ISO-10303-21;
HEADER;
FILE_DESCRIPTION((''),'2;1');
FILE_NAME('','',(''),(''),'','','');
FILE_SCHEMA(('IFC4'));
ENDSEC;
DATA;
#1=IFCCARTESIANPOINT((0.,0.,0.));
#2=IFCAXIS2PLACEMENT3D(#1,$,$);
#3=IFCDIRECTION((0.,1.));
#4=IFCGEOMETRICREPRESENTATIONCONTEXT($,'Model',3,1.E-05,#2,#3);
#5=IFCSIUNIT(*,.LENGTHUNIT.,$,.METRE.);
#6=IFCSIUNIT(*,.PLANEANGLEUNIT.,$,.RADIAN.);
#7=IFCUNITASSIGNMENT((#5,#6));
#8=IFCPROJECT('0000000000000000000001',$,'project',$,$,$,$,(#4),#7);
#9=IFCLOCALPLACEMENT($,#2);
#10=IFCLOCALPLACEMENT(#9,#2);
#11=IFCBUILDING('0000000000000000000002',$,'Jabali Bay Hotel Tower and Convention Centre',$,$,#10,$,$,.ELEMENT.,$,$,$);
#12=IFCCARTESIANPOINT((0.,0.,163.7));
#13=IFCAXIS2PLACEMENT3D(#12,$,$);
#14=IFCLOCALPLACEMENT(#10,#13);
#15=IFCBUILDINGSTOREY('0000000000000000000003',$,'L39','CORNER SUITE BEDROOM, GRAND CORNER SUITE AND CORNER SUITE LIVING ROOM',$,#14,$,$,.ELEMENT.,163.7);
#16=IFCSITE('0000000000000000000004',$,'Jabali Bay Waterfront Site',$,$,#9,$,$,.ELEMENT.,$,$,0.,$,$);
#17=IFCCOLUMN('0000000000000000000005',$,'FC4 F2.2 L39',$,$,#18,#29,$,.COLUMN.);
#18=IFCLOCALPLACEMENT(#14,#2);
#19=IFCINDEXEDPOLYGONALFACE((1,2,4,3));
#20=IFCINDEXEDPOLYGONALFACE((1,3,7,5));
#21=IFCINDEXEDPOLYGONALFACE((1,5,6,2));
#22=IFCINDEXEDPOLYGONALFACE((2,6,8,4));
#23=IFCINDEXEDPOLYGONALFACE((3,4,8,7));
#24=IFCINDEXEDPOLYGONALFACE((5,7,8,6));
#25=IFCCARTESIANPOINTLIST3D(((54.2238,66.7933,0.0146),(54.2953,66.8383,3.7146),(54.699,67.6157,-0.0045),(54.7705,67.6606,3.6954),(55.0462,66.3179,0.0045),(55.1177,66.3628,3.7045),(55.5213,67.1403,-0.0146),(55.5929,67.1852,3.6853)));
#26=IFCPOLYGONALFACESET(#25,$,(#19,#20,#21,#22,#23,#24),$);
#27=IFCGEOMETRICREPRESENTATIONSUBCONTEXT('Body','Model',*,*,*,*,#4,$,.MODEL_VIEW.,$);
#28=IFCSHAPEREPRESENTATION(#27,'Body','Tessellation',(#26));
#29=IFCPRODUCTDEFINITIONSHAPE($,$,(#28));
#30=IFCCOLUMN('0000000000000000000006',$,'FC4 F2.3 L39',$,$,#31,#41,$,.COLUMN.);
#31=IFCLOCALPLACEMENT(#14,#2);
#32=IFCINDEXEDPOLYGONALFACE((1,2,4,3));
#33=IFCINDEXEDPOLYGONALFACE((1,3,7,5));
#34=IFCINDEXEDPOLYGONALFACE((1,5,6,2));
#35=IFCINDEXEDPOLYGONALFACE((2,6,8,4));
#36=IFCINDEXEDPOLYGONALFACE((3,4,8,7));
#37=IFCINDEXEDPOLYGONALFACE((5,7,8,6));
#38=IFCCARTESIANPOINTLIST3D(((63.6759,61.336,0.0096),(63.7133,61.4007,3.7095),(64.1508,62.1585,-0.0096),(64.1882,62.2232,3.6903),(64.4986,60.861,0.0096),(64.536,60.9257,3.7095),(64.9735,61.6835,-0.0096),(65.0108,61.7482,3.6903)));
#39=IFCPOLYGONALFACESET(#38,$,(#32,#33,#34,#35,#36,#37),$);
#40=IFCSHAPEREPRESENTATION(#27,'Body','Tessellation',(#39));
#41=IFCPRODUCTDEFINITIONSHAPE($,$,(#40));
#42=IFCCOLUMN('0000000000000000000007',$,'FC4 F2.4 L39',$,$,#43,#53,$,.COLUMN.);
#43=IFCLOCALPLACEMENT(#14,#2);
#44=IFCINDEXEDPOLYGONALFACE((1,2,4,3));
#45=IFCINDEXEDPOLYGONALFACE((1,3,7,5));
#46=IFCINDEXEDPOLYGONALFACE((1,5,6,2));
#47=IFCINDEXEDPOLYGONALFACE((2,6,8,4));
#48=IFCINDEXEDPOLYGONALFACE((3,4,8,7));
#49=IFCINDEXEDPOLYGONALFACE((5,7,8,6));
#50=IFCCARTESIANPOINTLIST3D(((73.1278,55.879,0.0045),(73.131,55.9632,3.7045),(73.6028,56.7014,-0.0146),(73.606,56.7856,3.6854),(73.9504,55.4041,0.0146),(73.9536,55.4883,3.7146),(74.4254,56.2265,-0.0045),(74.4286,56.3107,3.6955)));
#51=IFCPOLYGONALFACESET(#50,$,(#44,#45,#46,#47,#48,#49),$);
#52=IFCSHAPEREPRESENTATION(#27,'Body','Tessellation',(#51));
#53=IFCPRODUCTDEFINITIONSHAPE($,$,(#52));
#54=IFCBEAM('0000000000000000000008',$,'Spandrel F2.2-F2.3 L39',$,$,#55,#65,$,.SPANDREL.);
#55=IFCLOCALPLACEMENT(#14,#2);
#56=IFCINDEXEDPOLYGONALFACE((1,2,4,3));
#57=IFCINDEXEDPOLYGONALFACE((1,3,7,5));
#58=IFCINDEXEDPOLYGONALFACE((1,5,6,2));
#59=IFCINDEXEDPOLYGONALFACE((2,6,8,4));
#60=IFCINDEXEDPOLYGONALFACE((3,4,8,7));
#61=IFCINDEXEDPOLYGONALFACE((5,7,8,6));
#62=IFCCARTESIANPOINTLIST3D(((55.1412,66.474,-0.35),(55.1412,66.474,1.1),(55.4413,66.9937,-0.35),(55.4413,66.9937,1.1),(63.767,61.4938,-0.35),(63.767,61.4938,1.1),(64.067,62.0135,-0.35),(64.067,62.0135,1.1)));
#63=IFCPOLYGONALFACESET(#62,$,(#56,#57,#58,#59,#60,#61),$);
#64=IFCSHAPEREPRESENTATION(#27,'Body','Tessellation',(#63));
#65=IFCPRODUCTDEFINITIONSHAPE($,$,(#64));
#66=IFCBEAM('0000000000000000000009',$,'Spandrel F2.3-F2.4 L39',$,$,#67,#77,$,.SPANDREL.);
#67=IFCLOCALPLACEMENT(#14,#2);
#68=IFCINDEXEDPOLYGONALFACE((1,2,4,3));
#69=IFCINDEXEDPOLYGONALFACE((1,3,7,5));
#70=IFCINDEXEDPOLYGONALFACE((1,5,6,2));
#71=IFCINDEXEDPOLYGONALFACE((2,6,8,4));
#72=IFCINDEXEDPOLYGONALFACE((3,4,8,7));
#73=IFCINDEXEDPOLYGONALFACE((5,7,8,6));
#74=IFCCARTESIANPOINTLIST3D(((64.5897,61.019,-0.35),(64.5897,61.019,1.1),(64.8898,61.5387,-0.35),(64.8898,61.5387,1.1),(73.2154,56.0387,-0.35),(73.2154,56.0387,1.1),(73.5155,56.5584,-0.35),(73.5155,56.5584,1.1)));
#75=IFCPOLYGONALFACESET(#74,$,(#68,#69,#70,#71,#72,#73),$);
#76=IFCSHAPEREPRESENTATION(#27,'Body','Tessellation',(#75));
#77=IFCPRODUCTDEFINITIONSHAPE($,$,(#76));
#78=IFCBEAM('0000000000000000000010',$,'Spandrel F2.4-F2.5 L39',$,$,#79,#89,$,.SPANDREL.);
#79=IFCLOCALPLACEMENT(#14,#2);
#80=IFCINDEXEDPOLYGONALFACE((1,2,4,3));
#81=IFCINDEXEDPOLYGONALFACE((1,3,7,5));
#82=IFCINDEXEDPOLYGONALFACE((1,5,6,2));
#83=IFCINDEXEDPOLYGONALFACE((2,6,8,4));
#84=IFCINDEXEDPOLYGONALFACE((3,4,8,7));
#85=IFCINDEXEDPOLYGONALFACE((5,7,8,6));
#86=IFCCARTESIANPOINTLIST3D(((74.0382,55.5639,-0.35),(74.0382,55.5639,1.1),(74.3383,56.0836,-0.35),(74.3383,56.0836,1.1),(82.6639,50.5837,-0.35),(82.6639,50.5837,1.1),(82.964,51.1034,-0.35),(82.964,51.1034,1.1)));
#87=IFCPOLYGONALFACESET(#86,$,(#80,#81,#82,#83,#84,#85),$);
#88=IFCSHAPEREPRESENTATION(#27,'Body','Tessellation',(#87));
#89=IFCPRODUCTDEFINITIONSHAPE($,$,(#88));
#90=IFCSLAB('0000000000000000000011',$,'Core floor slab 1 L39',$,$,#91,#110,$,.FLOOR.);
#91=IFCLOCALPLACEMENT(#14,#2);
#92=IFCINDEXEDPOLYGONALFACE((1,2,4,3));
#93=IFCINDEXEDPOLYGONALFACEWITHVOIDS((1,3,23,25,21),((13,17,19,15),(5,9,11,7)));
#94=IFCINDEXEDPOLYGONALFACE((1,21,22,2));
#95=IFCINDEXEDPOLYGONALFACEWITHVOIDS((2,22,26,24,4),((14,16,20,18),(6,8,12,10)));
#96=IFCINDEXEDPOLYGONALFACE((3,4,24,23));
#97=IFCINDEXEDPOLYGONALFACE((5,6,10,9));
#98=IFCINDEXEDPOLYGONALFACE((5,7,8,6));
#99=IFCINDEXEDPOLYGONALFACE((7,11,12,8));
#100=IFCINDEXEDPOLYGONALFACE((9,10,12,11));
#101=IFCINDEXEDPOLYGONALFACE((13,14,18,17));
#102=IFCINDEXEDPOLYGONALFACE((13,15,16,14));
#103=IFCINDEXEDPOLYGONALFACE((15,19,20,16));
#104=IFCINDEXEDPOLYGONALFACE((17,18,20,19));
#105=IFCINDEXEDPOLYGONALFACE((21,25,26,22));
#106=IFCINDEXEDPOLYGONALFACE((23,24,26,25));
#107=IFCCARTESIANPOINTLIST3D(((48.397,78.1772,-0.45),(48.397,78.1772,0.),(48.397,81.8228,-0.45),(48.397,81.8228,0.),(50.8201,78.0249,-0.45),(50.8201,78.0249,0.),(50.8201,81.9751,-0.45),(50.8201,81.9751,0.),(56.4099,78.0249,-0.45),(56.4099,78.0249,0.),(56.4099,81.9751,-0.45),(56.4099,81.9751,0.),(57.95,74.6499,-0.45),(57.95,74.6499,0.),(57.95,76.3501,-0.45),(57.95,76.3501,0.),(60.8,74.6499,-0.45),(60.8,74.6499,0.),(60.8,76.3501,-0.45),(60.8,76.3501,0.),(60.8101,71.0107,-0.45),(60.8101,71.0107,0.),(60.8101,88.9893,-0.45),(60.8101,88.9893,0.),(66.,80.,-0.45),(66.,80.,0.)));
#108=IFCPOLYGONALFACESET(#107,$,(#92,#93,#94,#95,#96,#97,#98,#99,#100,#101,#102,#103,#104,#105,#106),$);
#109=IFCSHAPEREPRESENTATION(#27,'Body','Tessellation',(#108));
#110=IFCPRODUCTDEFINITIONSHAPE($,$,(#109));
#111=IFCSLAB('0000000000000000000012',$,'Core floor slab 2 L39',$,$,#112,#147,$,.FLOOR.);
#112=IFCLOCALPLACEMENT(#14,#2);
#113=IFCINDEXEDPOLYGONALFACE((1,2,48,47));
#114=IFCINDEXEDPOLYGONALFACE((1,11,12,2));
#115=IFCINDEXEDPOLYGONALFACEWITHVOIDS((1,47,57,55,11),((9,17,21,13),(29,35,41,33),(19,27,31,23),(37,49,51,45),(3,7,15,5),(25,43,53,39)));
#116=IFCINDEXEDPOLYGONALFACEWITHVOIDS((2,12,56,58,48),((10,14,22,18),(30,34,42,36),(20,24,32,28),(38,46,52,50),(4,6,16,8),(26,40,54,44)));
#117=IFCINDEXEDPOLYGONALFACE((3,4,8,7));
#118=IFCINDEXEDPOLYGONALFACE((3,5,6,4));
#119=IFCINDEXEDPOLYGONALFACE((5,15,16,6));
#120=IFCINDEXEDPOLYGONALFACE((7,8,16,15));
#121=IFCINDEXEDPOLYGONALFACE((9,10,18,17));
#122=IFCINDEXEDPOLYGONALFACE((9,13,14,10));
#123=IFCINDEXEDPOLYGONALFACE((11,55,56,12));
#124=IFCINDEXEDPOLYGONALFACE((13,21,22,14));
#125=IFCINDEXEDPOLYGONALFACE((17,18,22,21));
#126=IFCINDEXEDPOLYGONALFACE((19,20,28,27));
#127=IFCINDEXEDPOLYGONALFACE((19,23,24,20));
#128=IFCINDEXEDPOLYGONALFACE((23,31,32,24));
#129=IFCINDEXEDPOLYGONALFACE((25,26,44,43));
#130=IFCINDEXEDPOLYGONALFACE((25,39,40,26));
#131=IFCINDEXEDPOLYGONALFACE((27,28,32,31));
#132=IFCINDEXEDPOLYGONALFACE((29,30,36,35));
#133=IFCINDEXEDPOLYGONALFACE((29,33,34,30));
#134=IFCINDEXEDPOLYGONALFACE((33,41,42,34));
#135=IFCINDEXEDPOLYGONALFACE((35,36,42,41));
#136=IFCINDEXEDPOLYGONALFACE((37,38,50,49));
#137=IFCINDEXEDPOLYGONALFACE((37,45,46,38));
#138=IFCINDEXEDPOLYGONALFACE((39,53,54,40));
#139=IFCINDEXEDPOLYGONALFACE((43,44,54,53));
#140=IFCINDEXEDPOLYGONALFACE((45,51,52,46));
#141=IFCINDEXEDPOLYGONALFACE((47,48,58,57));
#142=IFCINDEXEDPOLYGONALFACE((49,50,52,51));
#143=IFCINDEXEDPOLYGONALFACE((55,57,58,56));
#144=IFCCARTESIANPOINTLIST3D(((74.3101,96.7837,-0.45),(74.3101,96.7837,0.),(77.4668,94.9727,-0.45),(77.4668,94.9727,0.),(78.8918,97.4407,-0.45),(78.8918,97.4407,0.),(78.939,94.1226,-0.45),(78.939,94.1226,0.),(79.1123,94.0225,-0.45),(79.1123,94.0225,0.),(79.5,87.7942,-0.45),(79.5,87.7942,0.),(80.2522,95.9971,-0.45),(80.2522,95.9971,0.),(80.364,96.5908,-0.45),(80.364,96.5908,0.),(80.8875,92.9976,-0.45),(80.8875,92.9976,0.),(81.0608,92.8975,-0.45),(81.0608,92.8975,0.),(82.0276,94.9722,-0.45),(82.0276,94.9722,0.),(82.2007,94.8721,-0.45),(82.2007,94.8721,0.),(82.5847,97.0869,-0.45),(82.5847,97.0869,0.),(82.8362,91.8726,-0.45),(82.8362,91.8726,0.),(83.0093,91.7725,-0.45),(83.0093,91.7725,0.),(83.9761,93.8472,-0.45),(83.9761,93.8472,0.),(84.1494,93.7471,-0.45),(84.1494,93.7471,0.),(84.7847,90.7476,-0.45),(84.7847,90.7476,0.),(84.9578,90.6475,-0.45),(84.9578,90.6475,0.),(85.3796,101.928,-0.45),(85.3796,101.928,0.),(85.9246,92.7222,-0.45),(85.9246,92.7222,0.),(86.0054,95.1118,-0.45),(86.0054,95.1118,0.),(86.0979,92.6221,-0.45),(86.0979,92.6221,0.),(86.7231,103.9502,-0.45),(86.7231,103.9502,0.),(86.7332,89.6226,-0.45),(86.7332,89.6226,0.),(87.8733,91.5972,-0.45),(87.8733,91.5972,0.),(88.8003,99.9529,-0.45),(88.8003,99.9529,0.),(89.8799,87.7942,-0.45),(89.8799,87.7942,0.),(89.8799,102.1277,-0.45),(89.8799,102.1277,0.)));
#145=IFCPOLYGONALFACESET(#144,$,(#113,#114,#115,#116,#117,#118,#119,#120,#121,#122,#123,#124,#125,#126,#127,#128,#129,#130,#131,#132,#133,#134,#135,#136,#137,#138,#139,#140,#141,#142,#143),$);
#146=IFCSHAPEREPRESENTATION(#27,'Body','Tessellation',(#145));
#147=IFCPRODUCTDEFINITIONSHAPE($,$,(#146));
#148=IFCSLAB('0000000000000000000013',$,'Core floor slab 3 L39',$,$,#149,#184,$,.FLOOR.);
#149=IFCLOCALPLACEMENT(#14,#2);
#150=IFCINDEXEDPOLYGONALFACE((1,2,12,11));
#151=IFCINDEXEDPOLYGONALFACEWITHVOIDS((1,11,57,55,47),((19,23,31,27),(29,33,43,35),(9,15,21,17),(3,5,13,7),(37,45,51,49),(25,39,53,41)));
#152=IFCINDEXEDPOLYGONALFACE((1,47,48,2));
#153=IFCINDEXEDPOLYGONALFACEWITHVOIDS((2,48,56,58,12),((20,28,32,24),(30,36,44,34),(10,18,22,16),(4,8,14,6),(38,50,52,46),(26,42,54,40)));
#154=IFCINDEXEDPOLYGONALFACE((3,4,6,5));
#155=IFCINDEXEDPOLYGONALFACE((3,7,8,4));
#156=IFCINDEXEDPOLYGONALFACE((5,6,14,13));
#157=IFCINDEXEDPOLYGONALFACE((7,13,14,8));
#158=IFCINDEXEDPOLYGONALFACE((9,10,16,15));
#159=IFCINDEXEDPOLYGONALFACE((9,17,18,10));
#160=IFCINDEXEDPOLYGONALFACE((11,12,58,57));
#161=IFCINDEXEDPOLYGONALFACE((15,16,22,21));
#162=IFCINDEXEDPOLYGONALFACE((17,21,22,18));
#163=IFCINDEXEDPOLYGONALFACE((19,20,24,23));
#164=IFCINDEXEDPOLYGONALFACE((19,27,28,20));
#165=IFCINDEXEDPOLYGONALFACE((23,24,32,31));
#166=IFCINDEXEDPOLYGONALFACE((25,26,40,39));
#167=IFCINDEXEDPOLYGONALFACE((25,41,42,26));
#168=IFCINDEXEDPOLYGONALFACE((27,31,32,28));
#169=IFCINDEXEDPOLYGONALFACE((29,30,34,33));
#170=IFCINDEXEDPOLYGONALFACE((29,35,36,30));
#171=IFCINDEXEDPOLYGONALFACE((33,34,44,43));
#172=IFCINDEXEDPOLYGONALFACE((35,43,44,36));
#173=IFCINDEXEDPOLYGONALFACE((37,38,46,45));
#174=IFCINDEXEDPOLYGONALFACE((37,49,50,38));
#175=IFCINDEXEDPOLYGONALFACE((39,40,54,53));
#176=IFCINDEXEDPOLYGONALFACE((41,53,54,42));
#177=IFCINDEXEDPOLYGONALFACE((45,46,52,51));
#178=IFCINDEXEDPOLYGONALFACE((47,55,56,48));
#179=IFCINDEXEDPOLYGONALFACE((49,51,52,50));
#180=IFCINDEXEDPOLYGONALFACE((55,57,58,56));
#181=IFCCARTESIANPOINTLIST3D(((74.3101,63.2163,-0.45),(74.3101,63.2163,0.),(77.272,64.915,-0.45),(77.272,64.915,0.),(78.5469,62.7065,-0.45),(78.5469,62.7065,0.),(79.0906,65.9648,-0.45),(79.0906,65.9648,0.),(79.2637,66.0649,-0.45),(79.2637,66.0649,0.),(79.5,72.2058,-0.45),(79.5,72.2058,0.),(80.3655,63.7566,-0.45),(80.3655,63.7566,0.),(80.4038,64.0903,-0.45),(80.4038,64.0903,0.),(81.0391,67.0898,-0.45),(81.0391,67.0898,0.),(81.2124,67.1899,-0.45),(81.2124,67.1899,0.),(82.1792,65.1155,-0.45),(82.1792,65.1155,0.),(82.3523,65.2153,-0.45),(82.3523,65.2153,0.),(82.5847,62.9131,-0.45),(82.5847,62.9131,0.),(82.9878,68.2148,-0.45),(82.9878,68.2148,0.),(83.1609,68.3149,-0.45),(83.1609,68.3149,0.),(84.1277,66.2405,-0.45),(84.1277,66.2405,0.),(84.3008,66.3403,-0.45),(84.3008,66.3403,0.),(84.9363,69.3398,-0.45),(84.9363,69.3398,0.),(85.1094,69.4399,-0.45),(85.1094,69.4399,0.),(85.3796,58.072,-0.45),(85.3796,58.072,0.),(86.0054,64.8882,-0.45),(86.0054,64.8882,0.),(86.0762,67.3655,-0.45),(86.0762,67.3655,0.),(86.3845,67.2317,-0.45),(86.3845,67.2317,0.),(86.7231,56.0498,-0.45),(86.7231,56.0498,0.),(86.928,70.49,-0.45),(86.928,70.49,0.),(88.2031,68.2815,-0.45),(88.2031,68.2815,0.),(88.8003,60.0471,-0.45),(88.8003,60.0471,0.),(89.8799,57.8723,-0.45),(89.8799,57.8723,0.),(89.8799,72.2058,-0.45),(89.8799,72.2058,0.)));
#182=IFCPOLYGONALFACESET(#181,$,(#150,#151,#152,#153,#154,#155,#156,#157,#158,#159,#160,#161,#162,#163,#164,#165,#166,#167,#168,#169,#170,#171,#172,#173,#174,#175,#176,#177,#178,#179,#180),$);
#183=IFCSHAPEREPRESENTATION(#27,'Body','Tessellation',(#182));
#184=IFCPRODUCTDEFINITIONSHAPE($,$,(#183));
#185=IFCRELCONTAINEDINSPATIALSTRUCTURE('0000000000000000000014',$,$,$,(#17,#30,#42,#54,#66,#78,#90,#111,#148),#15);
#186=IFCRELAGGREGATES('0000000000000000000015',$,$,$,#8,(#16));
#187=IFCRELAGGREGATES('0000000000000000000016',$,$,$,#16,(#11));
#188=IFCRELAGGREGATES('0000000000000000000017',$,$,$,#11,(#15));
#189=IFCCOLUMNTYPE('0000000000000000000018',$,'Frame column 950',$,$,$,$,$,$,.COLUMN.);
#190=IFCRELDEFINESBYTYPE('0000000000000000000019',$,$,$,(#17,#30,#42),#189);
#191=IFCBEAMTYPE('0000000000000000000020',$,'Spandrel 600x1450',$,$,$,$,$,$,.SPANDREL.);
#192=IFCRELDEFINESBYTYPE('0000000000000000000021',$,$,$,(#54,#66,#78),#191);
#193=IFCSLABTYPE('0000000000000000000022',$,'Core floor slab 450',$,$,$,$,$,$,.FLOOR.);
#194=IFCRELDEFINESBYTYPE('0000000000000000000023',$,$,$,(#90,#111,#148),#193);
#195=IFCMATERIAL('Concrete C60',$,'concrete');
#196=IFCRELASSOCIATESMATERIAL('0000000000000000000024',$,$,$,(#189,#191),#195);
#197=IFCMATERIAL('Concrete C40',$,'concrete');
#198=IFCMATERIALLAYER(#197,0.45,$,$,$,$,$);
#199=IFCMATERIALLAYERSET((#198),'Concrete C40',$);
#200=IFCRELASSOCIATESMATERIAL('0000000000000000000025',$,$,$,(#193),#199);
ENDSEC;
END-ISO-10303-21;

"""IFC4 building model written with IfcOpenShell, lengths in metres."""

from ifc_helpers import new_model, si_unit, direction, frame, origin, origin_2d, place, context, subcontext, project, spatial, polyline, rectangle, outline, extrude, material, layer, layer_set, material_profile, profile_set, type_object, element, save


model = new_model("IFC4")

# Units and contexts
model_context = context("Model", 3, precision=1e-05, world=origin(), true_north=direction((0.0, 1.0)))
body_context = subcontext(model_context, "Body", "Model", "MODEL_VIEW")
ifc_project = project(units=[si_unit("LENGTHUNIT", "METRE"), si_unit("PLANEANGLEUNIT", "RADIAN")], contexts=[model_context])

# Site, building, storey
site_placement = place(None, origin())
site = spatial("IfcSite", under=ifc_project, at=site_placement, Name="Jabali Bay Waterfront Site", CompositionType="ELEMENT", RefElevation=0.0)
building_placement = place(site_placement, origin())
building = spatial("IfcBuilding", under=site, at=building_placement, Name="Jabali Bay Hotel Tower and Convention Centre", CompositionType="ELEMENT")
storey_placement = place(building_placement, frame((0.0, 0.0, 163.7)))
storey = spatial("IfcBuildingStorey", under=building, at=storey_placement, Name="L39", Description="CORNER SUITE BEDROOM, GRAND CORNER SUITE AND CORNER SUITE LIVING ROOM", CompositionType="ELEMENT", Elevation=163.7)

# Columns
ifc_material_1 = material(Name="Concrete C60", Category="concrete")
ifc_material_profile_1 = material_profile(ifc_material_1, rectangle(XDim=0.95, YDim=0.95, at=origin_2d()), Name="Frame column 950")
ifc_profile_set_1 = profile_set([ifc_material_profile_1], Name="Concrete C60")
column_type = type_object("IfcColumnType", Name="Frame column 950", PredefinedType="COLUMN", material=ifc_profile_set_1)
column_1_placement = place(storey_placement, frame((54.8726, 66.9668, 0.0), z_axis=(0.019329, 0.012138, 0.99974), x_axis=(-0.865691, 0.500465, 0.010661)))
element("IfcColumn", 1, at=column_1_placement, inside=storey, type_object=column_type, Name="FC4 F2.2 L39", PredefinedType="COLUMN", context=body_context, shape_type="SweptSolid", body=[
    extrude(rectangle(XDim=0.95, YDim=0.95, at=origin_2d()), origin(), (0.0, 0.0, 1.0), 3.7009),
])
column_2_placement = place(storey_placement, frame((64.3247, 61.5098, 0.0), z_axis=(0.010094, 0.017482, 0.999796), x_axis=(-0.499907, -0.865844, 0.020187)))
element("IfcColumn", 2, at=column_2_placement, inside=storey, type_object=column_type, Name="FC4 F2.3 L39", PredefinedType="COLUMN", context=body_context, shape_type="SweptSolid", body=[
    extrude(rectangle(XDim=0.95, YDim=0.95, at=origin_2d()), origin(), (0.0, 0.0, 1.0), 3.7007),
])
column_3_placement = place(storey_placement, frame((73.7766, 56.0527, 0.0), z_axis=(0.000858, 0.022759, 0.999741), x_axis=(-0.500033, -0.865772, 0.020138)))
element("IfcColumn", 3, at=column_3_placement, inside=storey, type_object=column_type, Name="FC4 F2.4 L39", PredefinedType="COLUMN", context=body_context, shape_type="SweptSolid", body=[
    extrude(rectangle(XDim=0.95, YDim=0.95, at=origin_2d()), origin(), (0.0, 0.0, 1.0), 3.7009),
])

# Beams
ifc_material_profile_2 = material_profile(ifc_material_1, rectangle(XDim=0.6001, YDim=1.45, at=origin_2d()), Name="Spandrel 600x1450")
ifc_profile_set_2 = profile_set([ifc_material_profile_2], Name="Concrete C60")
beam_type = type_object("IfcBeamType", Name="Spandrel 600x1450", PredefinedType="SPANDREL", material=ifc_profile_set_2)
for number, where, z_axis, x_axis, name in (
    (4, (55.2913, 66.7339, 0.375), (0.866019, -0.500012, 0.0), (0.500012, 0.866019, 0.0), "Spandrel F2.2-F2.3 L39"),
    (5, (64.7397, 61.2788, 0.375), (0.866019, -0.500012, 0.0), (0.500012, 0.866019, 0.0), "Spandrel F2.3-F2.4 L39"),
    (6, (74.1882, 55.8237, 0.375), (0.866019, -0.500012, 0.0), (0.500012, 0.866019, 0.0), "Spandrel F2.4-F2.5 L39"),
):
    element("IfcBeam", number, at=place(storey_placement, frame(where, z_axis=z_axis, x_axis=x_axis)), inside=storey, type_object=beam_type, Name=name, PredefinedType="SPANDREL", context=body_context, shape_type="SweptSolid", body=[
        extrude(rectangle(XDim=0.6001, YDim=1.45, at=origin_2d()), origin(), (0.0, 0.0, 1.0), 9.9602),
    ])

# Slabs
ifc_material_2 = material(Name="Concrete C40", Category="concrete")
ifc_layer_1 = layer(ifc_material_2, 0.45)
ifc_layer_set_1 = layer_set([ifc_layer_1], Name="Concrete C40")
slab_type_1 = type_object("IfcSlabType", Name="Core floor slab 450", PredefinedType="FLOOR", material=ifc_layer_set_1)
slab_1_placement = place(storey_placement, frame((0.0, 0.0, -0.45)))
element("IfcSlab", 7, at=slab_1_placement, inside=storey, type_object=slab_type_1, Name="Core floor slab 1 L39", PredefinedType="FLOOR", context=body_context, shape_type="SweptSolid", body=[
    extrude(outline(polyline([(66.0, 80.0), (60.8101, 88.9893), (48.397, 81.8228), (48.397, 78.1772), (60.8101, 71.0107), (66.0, 80.0)]), holes=[polyline([(60.8, 76.3501), (57.95, 76.3501), (57.95, 74.6499), (60.8, 74.6499), (60.8, 76.3501)]), polyline([(50.8201, 81.9751), (50.8201, 78.0249), (56.4099, 78.0249), (56.4099, 81.9751), (50.8201, 81.9751)])]), origin(), (0.0, 0.0, 1.0), 0.45),
])
slab_2_placement = place(storey_placement, frame((0.0, 0.0, -0.45)))
element("IfcSlab", 8, at=slab_2_placement, inside=storey, type_object=slab_type_1, Name="Core floor slab 2 L39", PredefinedType="FLOOR", context=body_context, shape_type="SweptSolid", body=[
    extrude(outline(polyline([(79.5, 87.7942), (89.8799, 87.7942), (89.8799, 102.1277), (86.7231, 103.9502), (74.3101, 96.7837), (79.5, 87.7942)]), holes=[polyline([(84.9578, 90.6475), (86.7332, 89.6226), (87.8733, 91.5972), (86.0979, 92.6221), (84.9578, 90.6475)]), polyline([(84.1494, 93.7471), (83.0093, 91.7725), (84.7847, 90.7476), (85.9246, 92.7222), (84.1494, 93.7471)]), polyline([(82.2007, 94.8721), (81.0608, 92.8975), (82.8362, 91.8726), (83.9761, 93.8472), (82.2007, 94.8721)]), polyline([(79.1123, 94.0225), (80.8875, 92.9976), (82.0276, 94.9722), (80.2522, 95.9971), (79.1123, 94.0225)]), polyline([(78.8918, 97.4407), (77.4668, 94.9727), (78.939, 94.1226), (80.364, 96.5908), (78.8918, 97.4407)]), polyline([(82.5847, 97.0869), (86.0054, 95.1118), (88.8003, 99.9529), (85.3796, 101.928), (82.5847, 97.0869)])]), origin(), (0.0, 0.0, 1.0), 0.45),
])
slab_3_placement = place(storey_placement, frame((0.0, 0.0, -0.45)))
element("IfcSlab", 9, at=slab_3_placement, inside=storey, type_object=slab_type_1, Name="Core floor slab 3 L39", PredefinedType="FLOOR", context=body_context, shape_type="SweptSolid", body=[
    extrude(outline(polyline([(79.5, 72.2058), (74.3101, 63.2163), (86.7231, 56.0498), (89.8799, 57.8723), (89.8799, 72.2058), (79.5, 72.2058)]), holes=[polyline([(82.5847, 62.9131), (85.3796, 58.072), (88.8003, 60.0471), (86.0054, 64.8882), (82.5847, 62.9131)]), polyline([(80.3655, 63.7566), (79.0906, 65.9648), (77.272, 64.915), (78.5469, 62.7065), (80.3655, 63.7566)]), polyline([(82.1792, 65.1155), (81.0391, 67.0898), (79.2637, 66.0649), (80.4038, 64.0903), (82.1792, 65.1155)]), polyline([(82.9878, 68.2148), (81.2124, 67.1899), (82.3523, 65.2153), (84.1277, 66.2405), (82.9878, 68.2148)]), polyline([(86.0762, 67.3655), (84.9363, 69.3398), (83.1609, 68.3149), (84.3008, 66.3403), (86.0762, 67.3655)]), polyline([(88.2031, 68.2815), (86.928, 70.49), (85.1094, 69.4399), (86.3845, 67.2317), (88.2031, 68.2815)])]), origin(), (0.0, 0.0, 1.0), 0.45),
])

save(model, "model.ifc")
